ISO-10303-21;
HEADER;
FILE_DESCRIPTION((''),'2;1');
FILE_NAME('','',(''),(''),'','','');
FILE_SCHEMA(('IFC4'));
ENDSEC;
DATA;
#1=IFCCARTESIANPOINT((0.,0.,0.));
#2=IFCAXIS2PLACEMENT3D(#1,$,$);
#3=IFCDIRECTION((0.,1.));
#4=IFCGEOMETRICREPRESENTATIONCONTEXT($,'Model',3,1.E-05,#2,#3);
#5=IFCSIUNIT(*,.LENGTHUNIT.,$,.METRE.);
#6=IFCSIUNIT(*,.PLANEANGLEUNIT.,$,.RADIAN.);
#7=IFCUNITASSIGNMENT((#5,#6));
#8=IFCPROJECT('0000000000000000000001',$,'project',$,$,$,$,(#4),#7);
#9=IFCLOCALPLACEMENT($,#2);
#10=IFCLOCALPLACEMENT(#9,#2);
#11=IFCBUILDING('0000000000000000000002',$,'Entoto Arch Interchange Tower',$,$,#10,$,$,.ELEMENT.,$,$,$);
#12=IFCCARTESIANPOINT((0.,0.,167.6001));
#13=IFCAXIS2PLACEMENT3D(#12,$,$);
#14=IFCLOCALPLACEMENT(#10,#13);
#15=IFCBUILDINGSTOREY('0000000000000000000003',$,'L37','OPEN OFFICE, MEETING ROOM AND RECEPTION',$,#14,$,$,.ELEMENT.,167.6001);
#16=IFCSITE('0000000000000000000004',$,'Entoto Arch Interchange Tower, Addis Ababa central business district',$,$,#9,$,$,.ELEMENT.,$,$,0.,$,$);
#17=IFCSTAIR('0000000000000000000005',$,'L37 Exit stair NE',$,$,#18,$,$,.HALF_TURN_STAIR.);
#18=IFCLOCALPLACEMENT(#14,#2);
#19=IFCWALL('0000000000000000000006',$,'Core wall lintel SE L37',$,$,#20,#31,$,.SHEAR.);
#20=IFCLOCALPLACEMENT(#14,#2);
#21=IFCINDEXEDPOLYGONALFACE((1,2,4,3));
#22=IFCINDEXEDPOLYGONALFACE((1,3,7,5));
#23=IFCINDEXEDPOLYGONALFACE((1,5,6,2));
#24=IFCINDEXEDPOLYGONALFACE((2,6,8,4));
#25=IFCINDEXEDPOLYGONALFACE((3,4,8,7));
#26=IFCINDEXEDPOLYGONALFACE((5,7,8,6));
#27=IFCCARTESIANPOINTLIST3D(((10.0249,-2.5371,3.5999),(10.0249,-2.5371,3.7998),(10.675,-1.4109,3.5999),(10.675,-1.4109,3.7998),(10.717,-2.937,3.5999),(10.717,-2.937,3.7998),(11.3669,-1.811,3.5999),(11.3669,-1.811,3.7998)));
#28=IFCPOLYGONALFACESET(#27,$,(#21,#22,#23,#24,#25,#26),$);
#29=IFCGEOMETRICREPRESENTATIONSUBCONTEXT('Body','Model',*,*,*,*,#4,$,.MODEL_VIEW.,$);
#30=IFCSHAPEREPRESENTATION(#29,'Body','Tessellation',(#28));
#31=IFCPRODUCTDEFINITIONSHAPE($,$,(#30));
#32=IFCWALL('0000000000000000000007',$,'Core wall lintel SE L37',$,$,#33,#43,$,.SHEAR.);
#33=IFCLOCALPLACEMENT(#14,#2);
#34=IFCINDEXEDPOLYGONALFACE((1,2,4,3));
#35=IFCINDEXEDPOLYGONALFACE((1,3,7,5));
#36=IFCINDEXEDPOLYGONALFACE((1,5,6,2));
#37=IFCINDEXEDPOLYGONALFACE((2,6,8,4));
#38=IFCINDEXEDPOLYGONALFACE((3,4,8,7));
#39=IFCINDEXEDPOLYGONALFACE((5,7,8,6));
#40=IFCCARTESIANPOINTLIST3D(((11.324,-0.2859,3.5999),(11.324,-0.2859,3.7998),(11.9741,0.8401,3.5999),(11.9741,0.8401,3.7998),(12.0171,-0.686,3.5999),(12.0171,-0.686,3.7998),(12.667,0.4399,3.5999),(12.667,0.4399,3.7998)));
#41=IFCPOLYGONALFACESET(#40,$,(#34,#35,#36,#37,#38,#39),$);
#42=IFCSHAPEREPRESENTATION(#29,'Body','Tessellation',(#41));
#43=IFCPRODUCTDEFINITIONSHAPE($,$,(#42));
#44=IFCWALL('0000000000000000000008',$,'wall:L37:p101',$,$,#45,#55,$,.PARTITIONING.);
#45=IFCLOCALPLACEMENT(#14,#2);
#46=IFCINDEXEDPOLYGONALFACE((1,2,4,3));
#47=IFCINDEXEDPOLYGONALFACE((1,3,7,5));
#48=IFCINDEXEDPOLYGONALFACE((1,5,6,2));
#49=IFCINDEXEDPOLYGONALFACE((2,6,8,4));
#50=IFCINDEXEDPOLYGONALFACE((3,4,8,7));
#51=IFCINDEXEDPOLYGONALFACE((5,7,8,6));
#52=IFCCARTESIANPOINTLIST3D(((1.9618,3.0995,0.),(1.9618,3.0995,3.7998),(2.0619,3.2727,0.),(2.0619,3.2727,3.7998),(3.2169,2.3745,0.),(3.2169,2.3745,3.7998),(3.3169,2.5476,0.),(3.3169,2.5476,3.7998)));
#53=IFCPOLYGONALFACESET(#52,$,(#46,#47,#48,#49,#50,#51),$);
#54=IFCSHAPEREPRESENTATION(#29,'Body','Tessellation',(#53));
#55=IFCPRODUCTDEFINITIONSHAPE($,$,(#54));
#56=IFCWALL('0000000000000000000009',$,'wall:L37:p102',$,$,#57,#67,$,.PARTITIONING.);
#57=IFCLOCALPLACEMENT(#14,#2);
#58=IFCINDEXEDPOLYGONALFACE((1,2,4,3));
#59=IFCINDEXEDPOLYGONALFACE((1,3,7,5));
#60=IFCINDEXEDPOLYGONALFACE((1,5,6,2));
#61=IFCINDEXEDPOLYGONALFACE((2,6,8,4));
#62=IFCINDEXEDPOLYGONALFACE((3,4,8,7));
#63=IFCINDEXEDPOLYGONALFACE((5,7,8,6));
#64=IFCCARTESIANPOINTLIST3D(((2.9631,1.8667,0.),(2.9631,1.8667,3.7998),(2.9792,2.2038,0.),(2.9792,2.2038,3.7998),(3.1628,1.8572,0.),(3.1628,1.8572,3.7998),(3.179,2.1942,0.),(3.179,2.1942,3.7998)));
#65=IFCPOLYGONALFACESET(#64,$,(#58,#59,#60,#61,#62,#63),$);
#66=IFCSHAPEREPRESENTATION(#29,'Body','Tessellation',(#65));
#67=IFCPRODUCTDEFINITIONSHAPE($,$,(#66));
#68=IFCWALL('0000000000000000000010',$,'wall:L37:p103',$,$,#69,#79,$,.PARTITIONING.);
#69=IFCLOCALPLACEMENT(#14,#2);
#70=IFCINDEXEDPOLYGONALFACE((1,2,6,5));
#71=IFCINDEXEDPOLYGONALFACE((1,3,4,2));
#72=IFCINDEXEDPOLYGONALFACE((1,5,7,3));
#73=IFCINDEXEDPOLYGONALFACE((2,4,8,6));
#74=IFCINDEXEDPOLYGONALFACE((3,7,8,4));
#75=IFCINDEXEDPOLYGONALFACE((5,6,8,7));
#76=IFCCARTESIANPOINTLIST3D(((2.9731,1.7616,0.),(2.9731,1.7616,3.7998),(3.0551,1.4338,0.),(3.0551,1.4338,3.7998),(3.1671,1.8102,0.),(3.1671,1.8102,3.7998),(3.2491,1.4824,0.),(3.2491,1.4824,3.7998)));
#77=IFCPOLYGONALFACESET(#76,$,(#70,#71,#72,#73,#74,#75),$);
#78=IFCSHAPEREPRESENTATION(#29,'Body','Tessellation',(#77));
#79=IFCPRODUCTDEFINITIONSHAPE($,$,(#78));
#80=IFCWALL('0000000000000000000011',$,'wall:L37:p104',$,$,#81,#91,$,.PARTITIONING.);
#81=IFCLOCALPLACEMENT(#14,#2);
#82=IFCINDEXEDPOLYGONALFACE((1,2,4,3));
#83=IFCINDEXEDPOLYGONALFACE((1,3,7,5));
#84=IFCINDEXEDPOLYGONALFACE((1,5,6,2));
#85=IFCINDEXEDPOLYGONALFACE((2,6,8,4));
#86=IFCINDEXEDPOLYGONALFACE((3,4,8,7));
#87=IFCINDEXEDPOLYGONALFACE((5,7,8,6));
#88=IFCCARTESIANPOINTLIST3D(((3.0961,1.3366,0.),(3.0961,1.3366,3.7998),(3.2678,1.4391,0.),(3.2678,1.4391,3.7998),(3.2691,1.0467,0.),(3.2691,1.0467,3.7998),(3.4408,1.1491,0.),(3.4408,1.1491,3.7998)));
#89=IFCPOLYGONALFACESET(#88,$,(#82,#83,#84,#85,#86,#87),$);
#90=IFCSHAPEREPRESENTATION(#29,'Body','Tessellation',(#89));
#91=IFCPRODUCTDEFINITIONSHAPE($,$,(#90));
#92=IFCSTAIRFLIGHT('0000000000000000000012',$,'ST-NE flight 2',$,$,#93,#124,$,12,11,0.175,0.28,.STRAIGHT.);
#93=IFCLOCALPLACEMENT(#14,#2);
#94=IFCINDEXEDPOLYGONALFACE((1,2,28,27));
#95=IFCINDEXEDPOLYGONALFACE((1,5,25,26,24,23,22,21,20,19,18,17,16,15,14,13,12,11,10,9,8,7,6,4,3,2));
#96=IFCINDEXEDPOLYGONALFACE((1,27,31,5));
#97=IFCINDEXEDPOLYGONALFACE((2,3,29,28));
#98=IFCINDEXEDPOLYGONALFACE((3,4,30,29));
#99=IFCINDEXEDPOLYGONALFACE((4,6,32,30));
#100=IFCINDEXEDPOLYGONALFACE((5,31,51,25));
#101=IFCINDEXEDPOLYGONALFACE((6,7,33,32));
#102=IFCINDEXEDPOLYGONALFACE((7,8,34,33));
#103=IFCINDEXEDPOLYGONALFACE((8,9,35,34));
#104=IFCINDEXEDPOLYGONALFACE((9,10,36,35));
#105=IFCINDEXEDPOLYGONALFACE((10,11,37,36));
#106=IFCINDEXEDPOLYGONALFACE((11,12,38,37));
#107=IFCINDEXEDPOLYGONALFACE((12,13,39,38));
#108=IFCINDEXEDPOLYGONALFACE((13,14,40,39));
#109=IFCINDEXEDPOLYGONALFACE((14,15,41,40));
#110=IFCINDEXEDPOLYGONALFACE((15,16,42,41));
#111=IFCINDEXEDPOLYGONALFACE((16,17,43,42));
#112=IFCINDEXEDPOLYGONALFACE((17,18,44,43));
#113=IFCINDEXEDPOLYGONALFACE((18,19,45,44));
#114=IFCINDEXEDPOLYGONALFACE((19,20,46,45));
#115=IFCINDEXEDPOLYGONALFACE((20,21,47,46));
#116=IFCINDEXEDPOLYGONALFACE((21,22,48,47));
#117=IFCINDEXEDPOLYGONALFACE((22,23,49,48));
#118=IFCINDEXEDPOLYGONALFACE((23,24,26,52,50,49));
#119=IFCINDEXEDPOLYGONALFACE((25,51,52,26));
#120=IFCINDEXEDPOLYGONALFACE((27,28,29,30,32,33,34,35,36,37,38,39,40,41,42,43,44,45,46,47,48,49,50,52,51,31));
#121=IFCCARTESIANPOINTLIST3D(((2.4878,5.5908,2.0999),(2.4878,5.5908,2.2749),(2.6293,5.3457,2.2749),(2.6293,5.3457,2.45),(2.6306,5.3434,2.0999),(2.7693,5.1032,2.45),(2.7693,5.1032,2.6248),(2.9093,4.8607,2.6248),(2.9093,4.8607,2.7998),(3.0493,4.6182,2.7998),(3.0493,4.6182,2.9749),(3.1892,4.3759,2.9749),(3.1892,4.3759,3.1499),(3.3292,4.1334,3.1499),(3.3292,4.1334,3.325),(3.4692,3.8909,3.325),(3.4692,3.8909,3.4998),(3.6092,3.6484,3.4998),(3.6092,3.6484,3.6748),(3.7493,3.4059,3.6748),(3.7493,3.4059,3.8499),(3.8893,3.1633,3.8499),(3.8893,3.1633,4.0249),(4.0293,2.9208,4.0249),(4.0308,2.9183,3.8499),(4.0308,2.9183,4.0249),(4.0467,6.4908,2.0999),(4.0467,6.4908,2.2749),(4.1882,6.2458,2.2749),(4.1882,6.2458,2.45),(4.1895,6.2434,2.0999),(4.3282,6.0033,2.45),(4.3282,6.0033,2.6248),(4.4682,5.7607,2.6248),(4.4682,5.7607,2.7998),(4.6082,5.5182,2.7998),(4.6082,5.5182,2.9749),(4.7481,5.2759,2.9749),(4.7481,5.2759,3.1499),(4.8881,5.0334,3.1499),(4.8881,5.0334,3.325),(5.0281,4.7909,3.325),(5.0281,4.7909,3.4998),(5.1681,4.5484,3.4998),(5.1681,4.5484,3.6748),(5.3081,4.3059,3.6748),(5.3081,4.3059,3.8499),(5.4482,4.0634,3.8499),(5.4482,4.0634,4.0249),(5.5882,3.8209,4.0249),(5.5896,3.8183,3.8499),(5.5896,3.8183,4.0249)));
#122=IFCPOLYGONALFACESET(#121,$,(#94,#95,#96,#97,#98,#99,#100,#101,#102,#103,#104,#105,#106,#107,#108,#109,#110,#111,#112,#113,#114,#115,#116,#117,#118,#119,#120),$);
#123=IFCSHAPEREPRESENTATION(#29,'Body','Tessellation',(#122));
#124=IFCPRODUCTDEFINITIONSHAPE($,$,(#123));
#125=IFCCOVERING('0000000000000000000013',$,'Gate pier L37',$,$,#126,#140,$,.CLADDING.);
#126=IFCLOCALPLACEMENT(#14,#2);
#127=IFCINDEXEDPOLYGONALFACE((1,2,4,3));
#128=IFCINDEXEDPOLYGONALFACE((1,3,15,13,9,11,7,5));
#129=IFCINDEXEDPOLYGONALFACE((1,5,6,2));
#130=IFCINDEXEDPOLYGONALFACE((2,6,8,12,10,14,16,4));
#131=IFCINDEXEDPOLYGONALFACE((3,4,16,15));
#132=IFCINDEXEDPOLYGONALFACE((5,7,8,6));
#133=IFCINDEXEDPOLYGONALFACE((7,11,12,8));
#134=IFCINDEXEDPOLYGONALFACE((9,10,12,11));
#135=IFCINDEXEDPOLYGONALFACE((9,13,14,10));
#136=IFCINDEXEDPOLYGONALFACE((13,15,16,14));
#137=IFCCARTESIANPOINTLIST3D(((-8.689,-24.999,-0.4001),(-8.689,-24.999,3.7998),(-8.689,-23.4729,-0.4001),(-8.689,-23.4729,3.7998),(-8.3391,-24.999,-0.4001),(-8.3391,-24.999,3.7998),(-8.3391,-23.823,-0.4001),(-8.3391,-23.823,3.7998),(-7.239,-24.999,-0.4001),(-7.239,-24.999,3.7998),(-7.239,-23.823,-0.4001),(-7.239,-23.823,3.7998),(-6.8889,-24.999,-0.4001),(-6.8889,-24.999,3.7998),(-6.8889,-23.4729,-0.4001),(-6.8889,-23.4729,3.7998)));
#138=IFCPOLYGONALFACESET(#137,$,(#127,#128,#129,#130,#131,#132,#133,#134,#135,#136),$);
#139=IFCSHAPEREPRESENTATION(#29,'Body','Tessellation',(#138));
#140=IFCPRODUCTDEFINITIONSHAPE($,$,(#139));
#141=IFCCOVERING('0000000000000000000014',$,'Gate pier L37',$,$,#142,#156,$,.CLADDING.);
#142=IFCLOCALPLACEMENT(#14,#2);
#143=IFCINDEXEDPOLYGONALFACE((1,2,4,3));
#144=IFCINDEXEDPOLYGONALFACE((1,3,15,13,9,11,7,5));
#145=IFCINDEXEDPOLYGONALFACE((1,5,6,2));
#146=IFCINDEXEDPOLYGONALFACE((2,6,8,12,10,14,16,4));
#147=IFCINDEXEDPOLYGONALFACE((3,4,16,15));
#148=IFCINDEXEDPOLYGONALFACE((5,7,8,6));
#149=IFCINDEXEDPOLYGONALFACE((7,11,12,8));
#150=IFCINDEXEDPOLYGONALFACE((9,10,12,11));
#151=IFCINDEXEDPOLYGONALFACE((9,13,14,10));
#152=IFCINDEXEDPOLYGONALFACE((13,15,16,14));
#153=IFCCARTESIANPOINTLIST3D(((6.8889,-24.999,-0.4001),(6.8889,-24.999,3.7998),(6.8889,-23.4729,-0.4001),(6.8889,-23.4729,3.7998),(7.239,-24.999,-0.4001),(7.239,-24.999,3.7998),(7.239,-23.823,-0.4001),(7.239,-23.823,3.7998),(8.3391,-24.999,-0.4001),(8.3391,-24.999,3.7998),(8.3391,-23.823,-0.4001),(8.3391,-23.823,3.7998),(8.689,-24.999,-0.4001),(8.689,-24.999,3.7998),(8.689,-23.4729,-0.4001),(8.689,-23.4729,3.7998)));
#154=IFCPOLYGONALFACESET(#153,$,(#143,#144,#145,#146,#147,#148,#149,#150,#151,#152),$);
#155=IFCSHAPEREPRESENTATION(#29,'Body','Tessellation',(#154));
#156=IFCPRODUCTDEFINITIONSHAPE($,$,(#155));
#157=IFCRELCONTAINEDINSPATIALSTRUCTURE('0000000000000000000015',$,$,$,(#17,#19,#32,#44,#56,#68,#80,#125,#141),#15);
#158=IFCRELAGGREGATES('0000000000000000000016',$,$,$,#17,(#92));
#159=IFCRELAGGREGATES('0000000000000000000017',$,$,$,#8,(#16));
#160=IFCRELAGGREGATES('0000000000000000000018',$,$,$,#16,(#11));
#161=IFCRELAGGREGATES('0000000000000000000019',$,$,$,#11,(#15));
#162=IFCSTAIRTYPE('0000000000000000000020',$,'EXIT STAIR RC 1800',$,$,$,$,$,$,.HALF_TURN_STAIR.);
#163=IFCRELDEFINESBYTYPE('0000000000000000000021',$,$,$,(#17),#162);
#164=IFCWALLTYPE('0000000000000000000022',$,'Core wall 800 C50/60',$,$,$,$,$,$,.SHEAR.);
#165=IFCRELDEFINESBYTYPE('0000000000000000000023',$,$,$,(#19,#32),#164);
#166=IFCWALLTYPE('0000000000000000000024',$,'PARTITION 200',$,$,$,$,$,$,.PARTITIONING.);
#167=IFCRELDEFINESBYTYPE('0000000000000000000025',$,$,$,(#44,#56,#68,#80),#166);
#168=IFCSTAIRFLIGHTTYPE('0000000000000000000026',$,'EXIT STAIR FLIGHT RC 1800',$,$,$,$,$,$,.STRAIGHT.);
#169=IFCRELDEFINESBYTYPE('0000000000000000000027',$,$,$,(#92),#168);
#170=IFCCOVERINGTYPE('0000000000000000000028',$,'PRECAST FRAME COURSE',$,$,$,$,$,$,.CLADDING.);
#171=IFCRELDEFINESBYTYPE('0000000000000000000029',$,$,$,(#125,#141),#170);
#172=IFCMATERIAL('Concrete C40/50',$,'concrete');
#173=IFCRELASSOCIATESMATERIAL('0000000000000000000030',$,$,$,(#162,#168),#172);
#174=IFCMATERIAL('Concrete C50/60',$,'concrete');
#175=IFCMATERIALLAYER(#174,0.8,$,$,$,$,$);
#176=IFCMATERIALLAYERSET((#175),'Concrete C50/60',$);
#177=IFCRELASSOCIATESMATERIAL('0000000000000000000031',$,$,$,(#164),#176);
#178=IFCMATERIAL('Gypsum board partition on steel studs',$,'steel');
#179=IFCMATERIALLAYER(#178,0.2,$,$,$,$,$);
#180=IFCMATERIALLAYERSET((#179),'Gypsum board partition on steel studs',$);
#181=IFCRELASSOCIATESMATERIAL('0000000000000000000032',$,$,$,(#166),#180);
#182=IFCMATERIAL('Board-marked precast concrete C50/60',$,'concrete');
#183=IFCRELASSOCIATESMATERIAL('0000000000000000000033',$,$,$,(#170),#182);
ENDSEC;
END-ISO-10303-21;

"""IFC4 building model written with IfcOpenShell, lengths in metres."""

from ifc_helpers import new_model, si_unit, direction, frame, frame_2d, origin, place, context, subcontext, project, spatial, polyline, rectangle, outline, extrude, material, layer, layer_set, type_object, element, aggregate, save


model = new_model("IFC4")

# Units and contexts
model_context = context("Model", 3, precision=1e-05, world=origin(), true_north=direction((0.0, 1.0)))
body_context = subcontext(model_context, "Body", "Model", "MODEL_VIEW")
ifc_project = project(units=[si_unit("LENGTHUNIT", "METRE"), si_unit("PLANEANGLEUNIT", "RADIAN")], contexts=[model_context])

# Site, building, storey
site_placement = place(None, origin())
site = spatial("IfcSite", under=ifc_project, at=site_placement, Name="Entoto Arch Interchange Tower, Addis Ababa central business district", CompositionType="ELEMENT", RefElevation=0.0)
building_placement = place(site_placement, origin())
building = spatial("IfcBuilding", under=site, at=building_placement, Name="Entoto Arch Interchange Tower", CompositionType="ELEMENT")
storey_placement = place(building_placement, frame((0.0, 0.0, 167.6001)))
storey = spatial("IfcBuildingStorey", under=building, at=storey_placement, Name="L37", Description="OPEN OFFICE, MEETING ROOM AND RECEPTION", CompositionType="ELEMENT", Elevation=167.6001)

# Shared definitions
ifc_material_1 = material(Name="Concrete C40/50", Category="concrete")

# Stair
stair_type = type_object("IfcStairType", Name="EXIT STAIR RC 1800", PredefinedType="HALF_TURN_STAIR", material=ifc_material_1)
stair_1_placement = place(storey_placement, origin())
stair_1 = element("IfcStair", 1, at=stair_1_placement, inside=storey, type_object=stair_type, Name="L37 Exit stair NE", PredefinedType="HALF_TURN_STAIR")

# Walls
ifc_material_2 = material(Name="Concrete C50/60", Category="concrete")
ifc_layer_1 = layer(ifc_material_2, 0.8)
ifc_layer_set_1 = layer_set([ifc_layer_1], Name="Concrete C50/60")
wall_type_1 = type_object("IfcWallType", Name="Core wall 800 C50/60", PredefinedType="SHEAR", material=ifc_layer_set_1)
wall_1_placement = place(storey_placement, frame((0.0, 0.0, 3.5999)))
element("IfcWall", 2, at=wall_1_placement, inside=storey, type_object=wall_type_1, Name="Core wall lintel SE L37", PredefinedType="SHEAR", context=body_context, shape_type="SweptSolid", body=[
    extrude(outline(polyline([(11.3669, -1.811), (10.675, -1.4109), (10.0249, -2.5371), (10.717, -2.937), (11.3669, -1.811)])), origin(), (0.0, 0.0, 1.0), 0.2),
])
wall_2_placement = place(storey_placement, frame((0.0, 0.0, 3.5999)))
element("IfcWall", 3, at=wall_2_placement, inside=storey, type_object=wall_type_1, Name="Core wall lintel SE L37", PredefinedType="SHEAR", context=body_context, shape_type="SweptSolid", body=[
    extrude(outline(polyline([(12.667, 0.4399), (11.9741, 0.8401), (11.324, -0.2859), (12.0171, -0.686), (12.667, 0.4399)])), origin(), (0.0, 0.0, 1.0), 0.2),
])
ifc_material_3 = material(Name="Gypsum board partition on steel studs", Category="steel")
ifc_layer_2 = layer(ifc_material_3, 0.2)
ifc_layer_set_2 = layer_set([ifc_layer_2], Name="Gypsum board partition on steel studs")
wall_type_2 = type_object("IfcWallType", Name="PARTITION 200", PredefinedType="PARTITIONING", material=ifc_layer_set_2)
wall_3_placement = place(storey_placement, frame((2.012, 3.186, 0.0), z_axis=(0.0, 0.0, 1.0), x_axis=(0.865891, -0.500233, 0.0)))
element("IfcWall", 4, at=wall_3_placement, inside=storey, type_object=wall_type_2, Name="wall:L37:p101", PredefinedType="PARTITIONING", context=body_context, shape_type="SweptSolid", body=[
    extrude(rectangle(XDim=1.4495, YDim=0.2, at=frame_2d((0.7246, 0.0))), origin(), (0.0, 0.0, 1.0), 3.7998),
])
wall_4_placement = place(storey_placement, frame((3.0791, 2.199, 0.0), z_axis=(0.0, 0.0, 1.0), x_axis=(-0.047771, -0.998858, 0.0)))
element("IfcWall", 5, at=wall_4_placement, inside=storey, type_object=wall_type_2, Name="wall:L37:p102", PredefinedType="PARTITIONING", context=body_context, shape_type="SweptSolid", body=[
    extrude(rectangle(XDim=0.3374, YDim=0.2, at=frame_2d((0.1687, 0.0))), origin(), (0.0, 0.0, 1.0), 3.7998),
])
wall_5_placement = place(storey_placement, frame((3.0701, 1.7859, 0.0), z_axis=(0.0, 0.0, 1.0), x_axis=(0.242706, -0.9701, 0.0)))
element("IfcWall", 6, at=wall_5_placement, inside=storey, type_object=wall_type_2, Name="wall:L37:p103", PredefinedType="PARTITIONING", context=body_context, shape_type="SweptSolid", body=[
    extrude(rectangle(XDim=0.3379, YDim=0.2, at=frame_2d((0.1689, 0.0))), origin(), (0.0, 0.0, 1.0), 3.7998),
])
wall_6_placement = place(storey_placement, frame((3.1819, 1.3879, 0.0), z_axis=(0.0, 0.0, 1.0), x_axis=(0.512475, -0.858702, 0.0)))
element("IfcWall", 7, at=wall_6_placement, inside=storey, type_object=wall_type_2, Name="wall:L37:p104", PredefinedType="PARTITIONING", context=body_context, shape_type="SweptSolid", body=[
    extrude(rectangle(XDim=0.3376, YDim=0.2, at=frame_2d((0.1689, 0.0))), origin(), (0.0, 0.0, 1.0), 3.7998),
])

# Stair flight
stair_flight_type = type_object("IfcStairFlightType", Name="EXIT STAIR FLIGHT RC 1800", PredefinedType="STRAIGHT", material=ifc_material_1)
stair_flight_placement = place(storey_placement, frame((3.2688, 6.0383, 2.0999), z_axis=(0.0, 0.0, 1.0), x_axis=(0.5, -0.866025, 0.0)))
stair_flight = element("IfcStairFlight", 8, at=stair_flight_placement, type_object=stair_flight_type, Name="ST-NE flight 2", NumberOfRisers=12, NumberOfTreads=11, PredefinedType="STRAIGHT", RiserHeight=0.175, TreadLength=0.28, context=body_context, shape_type="SweptSolid", body=[
    extrude(outline(polyline([(-0.0029, 0.0), (-0.0029, 0.175), (0.28, 0.175), (0.28, 0.3501), (0.5601, 0.3501), (0.5601, 0.5249), (0.8401, 0.5249), (0.8401, 0.7), (1.1201, 0.7), (1.1201, 0.875), (1.3999, 0.875), (1.3999, 1.05), (1.6799, 1.05), (1.6799, 1.2251), (1.96, 1.2251), (1.96, 1.3999), (2.24, 1.3999), (2.24, 1.575), (2.52, 1.575), (2.52, 1.75), (2.8, 1.75), (2.8, 1.925), (3.0801, 1.925), (3.083, 1.925), (3.083, 1.75), (0.2827, 0.0), (-0.0029, 0.0)])), frame((0.0, 0.8999, 0.0), z_axis=(0.0, -1.0, 0.0), x_axis=(1.0, 0.0, 0.0)), (0.0, 0.0, 1.0), 1.8),
])
aggregate(stair_1, [stair_flight])

# Coverings
ifc_material_4 = material(Name="Board-marked precast concrete C50/60", Category="concrete")
covering_type = type_object("IfcCoveringType", Name="PRECAST FRAME COURSE", PredefinedType="CLADDING", material=ifc_material_4)
covering_1_placement = place(storey_placement, frame((0.0, 0.0, -0.4001)))
element("IfcCovering", 9, at=covering_1_placement, inside=storey, type_object=covering_type, Name="Gate pier L37", PredefinedType="CLADDING", context=body_context, shape_type="SweptSolid", body=[
    extrude(outline(polyline([(-8.689, -23.4729), (-6.8889, -23.4729), (-6.8889, -24.999), (-7.239, -24.999), (-7.239, -23.823), (-8.3391, -23.823), (-8.3391, -24.999), (-8.689, -24.999), (-8.689, -23.4729)])), origin(), (0.0, 0.0, 1.0), 4.2),
])
covering_2_placement = place(storey_placement, frame((0.0, 0.0, -0.4001)))
element("IfcCovering", 10, at=covering_2_placement, inside=storey, type_object=covering_type, Name="Gate pier L37", PredefinedType="CLADDING", context=body_context, shape_type="SweptSolid", body=[
    extrude(outline(polyline([(6.8889, -23.4729), (8.689, -23.4729), (8.689, -24.999), (8.3391, -24.999), (8.3391, -23.823), (7.239, -23.823), (7.239, -24.999), (6.8889, -24.999), (6.8889, -23.4729)])), origin(), (0.0, 0.0, 1.0), 4.2),
])

save(model, "model.ifc")
